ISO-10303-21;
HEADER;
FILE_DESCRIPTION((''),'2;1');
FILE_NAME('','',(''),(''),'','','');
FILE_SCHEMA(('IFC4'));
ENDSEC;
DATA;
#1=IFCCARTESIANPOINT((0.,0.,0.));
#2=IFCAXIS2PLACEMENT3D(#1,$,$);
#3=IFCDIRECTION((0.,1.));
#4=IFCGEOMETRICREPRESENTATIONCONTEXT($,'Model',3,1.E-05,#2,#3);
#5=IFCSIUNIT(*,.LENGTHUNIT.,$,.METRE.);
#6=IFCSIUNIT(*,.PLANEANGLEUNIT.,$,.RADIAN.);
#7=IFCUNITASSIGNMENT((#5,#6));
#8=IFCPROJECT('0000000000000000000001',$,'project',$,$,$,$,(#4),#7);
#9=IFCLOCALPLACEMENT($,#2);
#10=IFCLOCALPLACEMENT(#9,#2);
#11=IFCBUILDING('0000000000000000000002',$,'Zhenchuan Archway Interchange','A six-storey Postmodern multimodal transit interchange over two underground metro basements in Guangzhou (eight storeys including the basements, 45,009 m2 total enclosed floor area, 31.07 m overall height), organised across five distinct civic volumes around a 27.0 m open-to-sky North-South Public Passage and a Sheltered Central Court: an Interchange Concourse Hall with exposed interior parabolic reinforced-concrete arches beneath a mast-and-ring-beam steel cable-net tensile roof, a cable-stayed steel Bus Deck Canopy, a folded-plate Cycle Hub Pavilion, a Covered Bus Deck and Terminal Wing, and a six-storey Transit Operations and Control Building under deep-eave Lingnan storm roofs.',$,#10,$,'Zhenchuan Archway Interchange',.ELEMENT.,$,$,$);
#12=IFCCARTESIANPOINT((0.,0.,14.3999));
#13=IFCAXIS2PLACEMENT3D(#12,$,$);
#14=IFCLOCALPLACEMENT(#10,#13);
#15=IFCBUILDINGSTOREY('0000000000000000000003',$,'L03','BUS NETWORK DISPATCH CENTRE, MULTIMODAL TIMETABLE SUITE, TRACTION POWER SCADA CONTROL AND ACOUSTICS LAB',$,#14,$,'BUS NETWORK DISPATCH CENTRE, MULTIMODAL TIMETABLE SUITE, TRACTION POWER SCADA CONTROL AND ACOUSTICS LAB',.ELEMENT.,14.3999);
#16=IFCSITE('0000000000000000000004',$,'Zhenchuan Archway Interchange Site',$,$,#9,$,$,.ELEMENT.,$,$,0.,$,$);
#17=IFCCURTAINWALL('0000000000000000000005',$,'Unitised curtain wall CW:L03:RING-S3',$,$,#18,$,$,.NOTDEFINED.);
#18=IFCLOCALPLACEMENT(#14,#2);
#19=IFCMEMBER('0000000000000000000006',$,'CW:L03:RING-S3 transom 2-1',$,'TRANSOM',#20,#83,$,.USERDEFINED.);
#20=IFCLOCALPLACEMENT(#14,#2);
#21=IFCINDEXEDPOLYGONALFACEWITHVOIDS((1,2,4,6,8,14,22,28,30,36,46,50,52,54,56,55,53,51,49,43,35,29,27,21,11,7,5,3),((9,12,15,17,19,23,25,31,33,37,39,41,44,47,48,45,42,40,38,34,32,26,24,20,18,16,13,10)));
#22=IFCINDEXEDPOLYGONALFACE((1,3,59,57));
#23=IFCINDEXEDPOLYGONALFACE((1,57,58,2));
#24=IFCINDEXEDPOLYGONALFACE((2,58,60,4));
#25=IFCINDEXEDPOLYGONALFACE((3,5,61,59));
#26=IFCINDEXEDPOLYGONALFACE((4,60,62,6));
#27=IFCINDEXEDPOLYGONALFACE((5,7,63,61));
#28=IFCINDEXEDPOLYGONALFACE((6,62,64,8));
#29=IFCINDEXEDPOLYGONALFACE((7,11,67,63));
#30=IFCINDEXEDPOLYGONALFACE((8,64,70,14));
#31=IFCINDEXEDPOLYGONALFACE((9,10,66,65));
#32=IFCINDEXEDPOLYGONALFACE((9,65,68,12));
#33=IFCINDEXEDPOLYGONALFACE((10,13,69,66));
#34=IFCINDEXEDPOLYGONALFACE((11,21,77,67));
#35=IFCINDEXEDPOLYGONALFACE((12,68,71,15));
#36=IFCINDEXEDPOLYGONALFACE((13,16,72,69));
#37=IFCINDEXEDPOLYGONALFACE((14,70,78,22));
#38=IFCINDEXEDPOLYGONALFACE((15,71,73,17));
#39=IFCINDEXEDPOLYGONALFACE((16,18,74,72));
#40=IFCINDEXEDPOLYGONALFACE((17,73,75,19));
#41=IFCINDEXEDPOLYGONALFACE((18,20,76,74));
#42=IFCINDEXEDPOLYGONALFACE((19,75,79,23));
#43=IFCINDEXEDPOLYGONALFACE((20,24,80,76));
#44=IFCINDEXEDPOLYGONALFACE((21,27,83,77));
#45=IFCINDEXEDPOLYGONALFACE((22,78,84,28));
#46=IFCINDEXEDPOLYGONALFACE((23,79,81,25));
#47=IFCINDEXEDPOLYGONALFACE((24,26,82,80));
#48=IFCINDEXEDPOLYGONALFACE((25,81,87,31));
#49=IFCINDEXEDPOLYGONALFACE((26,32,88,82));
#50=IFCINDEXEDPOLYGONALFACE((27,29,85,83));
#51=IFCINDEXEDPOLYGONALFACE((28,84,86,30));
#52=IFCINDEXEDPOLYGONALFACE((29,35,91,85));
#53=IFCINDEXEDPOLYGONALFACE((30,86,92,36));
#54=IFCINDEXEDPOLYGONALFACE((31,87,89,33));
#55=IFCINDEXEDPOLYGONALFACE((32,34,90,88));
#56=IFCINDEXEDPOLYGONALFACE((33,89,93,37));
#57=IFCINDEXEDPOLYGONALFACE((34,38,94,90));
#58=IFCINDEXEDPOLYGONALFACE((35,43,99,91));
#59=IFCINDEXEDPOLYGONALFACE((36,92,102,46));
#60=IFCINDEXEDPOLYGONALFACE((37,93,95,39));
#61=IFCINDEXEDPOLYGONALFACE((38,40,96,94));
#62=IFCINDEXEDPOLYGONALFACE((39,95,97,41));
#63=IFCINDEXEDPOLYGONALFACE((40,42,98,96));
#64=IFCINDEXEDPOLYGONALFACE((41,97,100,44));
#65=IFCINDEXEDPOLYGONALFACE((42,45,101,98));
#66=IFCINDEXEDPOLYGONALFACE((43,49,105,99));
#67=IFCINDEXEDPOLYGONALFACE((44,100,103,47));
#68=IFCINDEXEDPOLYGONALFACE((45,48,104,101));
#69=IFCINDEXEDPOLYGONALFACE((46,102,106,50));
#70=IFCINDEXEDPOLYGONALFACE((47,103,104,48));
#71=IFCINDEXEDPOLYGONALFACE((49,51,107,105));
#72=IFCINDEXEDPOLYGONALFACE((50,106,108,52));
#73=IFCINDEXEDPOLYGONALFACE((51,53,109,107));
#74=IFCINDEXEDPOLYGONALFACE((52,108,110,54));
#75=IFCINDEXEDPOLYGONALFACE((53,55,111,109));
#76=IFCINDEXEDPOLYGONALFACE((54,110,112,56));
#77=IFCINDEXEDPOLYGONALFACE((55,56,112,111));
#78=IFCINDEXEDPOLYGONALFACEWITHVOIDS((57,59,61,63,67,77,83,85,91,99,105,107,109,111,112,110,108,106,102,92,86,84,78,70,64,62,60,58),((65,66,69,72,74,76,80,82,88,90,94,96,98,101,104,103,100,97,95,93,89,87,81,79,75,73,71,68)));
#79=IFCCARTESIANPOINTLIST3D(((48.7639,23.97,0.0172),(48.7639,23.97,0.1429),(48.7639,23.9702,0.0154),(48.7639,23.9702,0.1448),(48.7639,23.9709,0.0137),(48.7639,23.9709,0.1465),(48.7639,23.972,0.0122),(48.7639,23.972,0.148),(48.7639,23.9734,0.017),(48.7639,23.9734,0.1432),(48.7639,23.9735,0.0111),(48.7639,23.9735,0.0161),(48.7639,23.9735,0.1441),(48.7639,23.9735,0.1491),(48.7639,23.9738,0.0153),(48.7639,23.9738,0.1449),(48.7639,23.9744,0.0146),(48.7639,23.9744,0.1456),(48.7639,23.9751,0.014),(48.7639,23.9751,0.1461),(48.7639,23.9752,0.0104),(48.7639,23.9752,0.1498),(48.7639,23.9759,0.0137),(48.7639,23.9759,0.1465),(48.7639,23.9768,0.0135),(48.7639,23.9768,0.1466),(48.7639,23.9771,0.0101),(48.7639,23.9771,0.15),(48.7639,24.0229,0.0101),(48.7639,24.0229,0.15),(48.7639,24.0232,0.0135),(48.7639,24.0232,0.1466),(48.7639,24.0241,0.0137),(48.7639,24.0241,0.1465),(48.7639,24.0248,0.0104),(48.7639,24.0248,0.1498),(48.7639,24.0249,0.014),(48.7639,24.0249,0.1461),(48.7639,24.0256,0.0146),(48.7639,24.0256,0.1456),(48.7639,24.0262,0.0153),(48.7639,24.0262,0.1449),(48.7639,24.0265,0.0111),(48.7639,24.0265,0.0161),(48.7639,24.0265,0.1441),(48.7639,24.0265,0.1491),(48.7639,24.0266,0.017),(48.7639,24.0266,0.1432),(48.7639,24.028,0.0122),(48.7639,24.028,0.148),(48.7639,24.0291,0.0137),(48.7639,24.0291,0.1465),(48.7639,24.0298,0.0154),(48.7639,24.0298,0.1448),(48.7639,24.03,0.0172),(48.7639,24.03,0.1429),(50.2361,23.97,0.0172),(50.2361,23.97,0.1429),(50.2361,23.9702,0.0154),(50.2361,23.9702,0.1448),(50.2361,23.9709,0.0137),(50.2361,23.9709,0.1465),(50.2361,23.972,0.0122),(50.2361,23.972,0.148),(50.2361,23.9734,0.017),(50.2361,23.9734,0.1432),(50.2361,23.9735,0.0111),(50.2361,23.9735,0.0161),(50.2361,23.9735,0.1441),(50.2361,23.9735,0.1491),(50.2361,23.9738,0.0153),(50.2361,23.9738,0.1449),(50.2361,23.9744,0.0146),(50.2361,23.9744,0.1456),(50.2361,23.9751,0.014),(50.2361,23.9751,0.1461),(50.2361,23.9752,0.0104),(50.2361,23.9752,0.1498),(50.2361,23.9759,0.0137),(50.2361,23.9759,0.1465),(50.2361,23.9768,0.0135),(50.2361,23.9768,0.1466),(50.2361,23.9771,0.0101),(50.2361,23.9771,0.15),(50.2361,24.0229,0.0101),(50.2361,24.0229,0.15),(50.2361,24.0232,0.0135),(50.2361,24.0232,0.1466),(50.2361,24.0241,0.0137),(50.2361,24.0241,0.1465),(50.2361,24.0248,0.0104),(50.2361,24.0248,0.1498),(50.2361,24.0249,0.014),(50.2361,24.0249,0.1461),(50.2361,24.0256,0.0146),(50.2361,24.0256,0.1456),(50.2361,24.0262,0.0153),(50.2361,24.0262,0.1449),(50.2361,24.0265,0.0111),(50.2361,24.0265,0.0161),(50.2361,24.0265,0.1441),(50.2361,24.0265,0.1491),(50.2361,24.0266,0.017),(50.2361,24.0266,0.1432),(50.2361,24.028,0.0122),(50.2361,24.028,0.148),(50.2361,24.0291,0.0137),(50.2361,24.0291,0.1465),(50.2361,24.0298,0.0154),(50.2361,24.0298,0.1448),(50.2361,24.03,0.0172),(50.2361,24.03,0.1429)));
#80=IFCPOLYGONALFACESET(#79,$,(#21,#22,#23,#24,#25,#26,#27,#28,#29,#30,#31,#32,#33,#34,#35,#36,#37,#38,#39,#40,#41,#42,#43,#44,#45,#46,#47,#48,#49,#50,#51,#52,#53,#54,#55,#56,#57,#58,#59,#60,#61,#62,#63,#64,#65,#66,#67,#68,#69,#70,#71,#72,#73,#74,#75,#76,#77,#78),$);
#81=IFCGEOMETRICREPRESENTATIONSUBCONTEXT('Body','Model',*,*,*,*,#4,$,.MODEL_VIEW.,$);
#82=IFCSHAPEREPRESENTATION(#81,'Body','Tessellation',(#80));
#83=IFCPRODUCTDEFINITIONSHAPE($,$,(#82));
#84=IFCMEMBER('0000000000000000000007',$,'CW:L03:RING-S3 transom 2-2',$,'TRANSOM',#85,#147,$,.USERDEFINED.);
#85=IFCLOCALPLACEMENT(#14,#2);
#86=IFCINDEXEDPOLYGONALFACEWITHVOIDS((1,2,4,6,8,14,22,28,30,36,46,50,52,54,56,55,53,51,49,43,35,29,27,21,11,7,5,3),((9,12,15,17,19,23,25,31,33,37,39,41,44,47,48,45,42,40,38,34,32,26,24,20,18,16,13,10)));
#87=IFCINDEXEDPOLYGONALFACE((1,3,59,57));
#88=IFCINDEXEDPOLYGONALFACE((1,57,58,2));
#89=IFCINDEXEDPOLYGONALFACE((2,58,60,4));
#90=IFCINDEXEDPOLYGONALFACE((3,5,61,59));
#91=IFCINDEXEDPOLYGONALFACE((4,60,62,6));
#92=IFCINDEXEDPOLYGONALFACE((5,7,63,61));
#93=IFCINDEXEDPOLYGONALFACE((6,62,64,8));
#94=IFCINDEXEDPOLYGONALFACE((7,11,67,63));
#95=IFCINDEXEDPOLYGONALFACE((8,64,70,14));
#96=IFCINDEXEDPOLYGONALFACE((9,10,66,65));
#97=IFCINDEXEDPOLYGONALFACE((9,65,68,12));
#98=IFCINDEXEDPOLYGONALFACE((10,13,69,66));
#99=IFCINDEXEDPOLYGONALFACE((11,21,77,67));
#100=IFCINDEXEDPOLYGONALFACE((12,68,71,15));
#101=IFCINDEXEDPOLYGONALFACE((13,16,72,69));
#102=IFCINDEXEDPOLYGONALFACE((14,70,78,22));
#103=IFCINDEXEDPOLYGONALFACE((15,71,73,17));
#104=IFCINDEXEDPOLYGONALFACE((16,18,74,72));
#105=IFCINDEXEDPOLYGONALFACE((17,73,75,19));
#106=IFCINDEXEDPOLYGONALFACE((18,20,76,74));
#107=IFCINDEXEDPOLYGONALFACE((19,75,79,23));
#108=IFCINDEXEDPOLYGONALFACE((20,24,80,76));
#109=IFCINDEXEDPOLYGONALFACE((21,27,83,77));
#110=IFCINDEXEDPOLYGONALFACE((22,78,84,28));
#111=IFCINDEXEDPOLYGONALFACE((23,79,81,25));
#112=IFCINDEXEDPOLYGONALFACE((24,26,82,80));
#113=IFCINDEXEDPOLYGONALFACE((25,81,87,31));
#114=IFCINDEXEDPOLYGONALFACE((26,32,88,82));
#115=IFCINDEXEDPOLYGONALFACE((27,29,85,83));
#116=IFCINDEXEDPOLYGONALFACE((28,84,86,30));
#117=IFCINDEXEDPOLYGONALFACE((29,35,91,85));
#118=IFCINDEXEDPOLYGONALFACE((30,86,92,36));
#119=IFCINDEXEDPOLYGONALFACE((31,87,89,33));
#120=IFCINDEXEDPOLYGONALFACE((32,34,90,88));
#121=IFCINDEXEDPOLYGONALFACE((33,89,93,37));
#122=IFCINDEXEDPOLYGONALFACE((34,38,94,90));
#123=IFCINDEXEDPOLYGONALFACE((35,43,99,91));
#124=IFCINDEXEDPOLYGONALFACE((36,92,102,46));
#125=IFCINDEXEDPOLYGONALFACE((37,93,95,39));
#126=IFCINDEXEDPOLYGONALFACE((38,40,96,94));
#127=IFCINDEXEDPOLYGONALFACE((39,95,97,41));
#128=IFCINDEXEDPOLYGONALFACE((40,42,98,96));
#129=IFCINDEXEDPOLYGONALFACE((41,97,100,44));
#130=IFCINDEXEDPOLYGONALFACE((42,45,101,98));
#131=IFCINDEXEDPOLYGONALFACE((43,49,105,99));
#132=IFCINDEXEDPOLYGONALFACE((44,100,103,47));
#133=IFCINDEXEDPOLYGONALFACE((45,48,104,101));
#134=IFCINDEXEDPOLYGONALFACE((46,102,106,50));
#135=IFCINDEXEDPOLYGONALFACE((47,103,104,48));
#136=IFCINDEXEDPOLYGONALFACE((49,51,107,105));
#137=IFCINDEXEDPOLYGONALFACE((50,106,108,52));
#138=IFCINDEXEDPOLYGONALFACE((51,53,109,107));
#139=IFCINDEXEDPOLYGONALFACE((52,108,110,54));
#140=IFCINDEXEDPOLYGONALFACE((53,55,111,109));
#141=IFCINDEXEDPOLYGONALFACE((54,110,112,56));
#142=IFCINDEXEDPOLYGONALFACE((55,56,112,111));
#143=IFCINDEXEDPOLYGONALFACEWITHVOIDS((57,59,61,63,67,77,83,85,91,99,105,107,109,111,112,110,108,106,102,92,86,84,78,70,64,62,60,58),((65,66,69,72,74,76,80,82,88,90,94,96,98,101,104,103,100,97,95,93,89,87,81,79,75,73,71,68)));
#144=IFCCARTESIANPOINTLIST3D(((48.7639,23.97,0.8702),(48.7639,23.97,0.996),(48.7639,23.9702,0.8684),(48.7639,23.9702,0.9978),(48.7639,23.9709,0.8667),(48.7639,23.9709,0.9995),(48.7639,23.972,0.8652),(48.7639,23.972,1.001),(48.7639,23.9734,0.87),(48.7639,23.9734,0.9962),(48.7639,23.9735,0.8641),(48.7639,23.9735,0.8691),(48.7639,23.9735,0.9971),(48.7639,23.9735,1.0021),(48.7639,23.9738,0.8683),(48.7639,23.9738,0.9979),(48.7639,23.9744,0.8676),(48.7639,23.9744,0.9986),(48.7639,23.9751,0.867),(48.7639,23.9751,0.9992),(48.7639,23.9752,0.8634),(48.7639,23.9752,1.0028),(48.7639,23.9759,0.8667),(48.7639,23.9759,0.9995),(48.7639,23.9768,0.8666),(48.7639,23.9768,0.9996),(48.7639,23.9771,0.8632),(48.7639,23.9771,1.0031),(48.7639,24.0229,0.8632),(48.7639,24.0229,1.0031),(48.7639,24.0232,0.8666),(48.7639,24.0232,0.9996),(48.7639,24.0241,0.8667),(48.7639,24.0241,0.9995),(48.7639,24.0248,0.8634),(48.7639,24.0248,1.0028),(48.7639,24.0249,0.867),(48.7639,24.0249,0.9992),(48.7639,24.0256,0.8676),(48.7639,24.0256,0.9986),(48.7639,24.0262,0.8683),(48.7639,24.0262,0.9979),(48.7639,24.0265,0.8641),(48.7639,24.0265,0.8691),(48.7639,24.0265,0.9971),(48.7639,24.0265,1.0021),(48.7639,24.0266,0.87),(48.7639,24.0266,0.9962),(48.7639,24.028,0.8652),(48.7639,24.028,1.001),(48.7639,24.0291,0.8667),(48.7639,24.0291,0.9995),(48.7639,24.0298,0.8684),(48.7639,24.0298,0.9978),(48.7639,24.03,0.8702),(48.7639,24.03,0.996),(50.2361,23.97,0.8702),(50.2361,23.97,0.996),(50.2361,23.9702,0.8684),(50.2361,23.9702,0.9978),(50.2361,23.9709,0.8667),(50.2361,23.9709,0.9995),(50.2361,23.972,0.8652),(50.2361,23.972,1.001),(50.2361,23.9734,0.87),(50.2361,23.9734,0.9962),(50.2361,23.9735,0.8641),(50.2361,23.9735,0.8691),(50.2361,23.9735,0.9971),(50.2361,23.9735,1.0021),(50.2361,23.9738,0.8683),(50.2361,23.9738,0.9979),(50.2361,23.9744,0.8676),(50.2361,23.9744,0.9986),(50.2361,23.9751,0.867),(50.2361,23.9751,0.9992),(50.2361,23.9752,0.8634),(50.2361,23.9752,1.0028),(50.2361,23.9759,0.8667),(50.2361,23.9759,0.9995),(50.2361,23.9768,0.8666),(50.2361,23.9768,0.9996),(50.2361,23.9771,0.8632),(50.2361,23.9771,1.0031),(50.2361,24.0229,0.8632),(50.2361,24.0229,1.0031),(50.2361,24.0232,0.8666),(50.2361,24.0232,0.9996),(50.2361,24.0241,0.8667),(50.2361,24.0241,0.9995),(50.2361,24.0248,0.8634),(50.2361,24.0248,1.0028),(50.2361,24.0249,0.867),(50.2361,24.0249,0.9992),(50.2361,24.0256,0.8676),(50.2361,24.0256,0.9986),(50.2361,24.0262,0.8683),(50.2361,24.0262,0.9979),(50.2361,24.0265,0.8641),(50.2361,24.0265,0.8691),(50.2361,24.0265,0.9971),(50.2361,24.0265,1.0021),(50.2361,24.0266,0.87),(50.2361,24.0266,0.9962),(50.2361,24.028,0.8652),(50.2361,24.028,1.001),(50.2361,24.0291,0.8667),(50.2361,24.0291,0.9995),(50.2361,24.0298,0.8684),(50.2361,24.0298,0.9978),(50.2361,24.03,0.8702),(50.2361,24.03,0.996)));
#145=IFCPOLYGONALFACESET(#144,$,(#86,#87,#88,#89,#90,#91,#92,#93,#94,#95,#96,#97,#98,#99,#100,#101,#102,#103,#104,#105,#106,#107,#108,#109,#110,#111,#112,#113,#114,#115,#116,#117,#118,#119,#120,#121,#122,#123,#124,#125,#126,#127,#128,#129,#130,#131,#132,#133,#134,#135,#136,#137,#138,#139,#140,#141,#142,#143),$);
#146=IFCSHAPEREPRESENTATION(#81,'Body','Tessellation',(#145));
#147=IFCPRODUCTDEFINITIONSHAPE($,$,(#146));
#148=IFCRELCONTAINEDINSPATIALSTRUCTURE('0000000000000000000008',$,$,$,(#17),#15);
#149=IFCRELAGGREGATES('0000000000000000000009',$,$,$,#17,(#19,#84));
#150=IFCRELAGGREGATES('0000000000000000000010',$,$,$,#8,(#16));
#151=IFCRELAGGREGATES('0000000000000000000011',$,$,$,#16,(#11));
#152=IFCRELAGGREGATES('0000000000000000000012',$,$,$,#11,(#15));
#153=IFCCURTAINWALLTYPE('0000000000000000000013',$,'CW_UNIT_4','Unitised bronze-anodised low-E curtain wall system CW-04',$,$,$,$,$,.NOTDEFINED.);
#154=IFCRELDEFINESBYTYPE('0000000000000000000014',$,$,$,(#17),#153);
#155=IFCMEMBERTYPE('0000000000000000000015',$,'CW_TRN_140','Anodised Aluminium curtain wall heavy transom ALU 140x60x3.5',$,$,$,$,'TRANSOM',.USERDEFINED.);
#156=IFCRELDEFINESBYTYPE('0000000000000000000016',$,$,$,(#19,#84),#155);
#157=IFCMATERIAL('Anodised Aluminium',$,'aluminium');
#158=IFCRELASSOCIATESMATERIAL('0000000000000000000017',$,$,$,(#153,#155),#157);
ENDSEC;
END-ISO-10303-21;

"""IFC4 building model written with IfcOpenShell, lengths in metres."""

from ifc_helpers import new_model, si_unit, direction, frame, origin, origin_2d, place, context, subcontext, project, spatial, hollow_rectangle, extrude, material, material_profile, profile_set, type_object, element, aggregate, save


model = new_model("IFC4")

# Units and contexts
model_context = context("Model", 3, precision=1e-05, world=origin(), true_north=direction((0.0, 1.0)))
body_context = subcontext(model_context, "Body", "Model", "MODEL_VIEW")
ifc_project = project(units=[si_unit("LENGTHUNIT", "METRE"), si_unit("PLANEANGLEUNIT", "RADIAN")], contexts=[model_context])

# Site, building, storey
site_placement = place(None, origin())
site = spatial("IfcSite", under=ifc_project, at=site_placement, Name="Zhenchuan Archway Interchange Site", CompositionType="ELEMENT", RefElevation=0.0)
building_placement = place(site_placement, origin())
building = spatial("IfcBuilding", under=site, at=building_placement, Name="Zhenchuan Archway Interchange", Description="A six-storey Postmodern multimodal transit interchange over two underground metro basements in Guangzhou (eight storeys including the basements, 45,009 m2 total enclosed floor area, 31.07 m overall height), organised across five distinct civic volumes around a 27.0 m open-to-sky North-South Public Passage and a Sheltered Central Court: an Interchange Concourse Hall with exposed interior parabolic reinforced-concrete arches beneath a mast-and-ring-beam steel cable-net tensile roof, a cable-stayed steel Bus Deck Canopy, a folded-plate Cycle Hub Pavilion, a Covered Bus Deck and Terminal Wing, and a six-storey Transit Operations and Control Building under deep-eave Lingnan storm roofs.", LongName="Zhenchuan Archway Interchange", CompositionType="ELEMENT")
storey_placement = place(building_placement, frame((0.0, 0.0, 14.3999)))
storey = spatial("IfcBuildingStorey", under=building, at=storey_placement, Name="L03", Description="BUS NETWORK DISPATCH CENTRE, MULTIMODAL TIMETABLE SUITE, TRACTION POWER SCADA CONTROL AND ACOUSTICS LAB", LongName="BUS NETWORK DISPATCH CENTRE, MULTIMODAL TIMETABLE SUITE, TRACTION POWER SCADA CONTROL AND ACOUSTICS LAB", CompositionType="ELEMENT", Elevation=14.3999)

# Curtain wall
ifc_material_1 = material(Name="Anodised Aluminium", Category="aluminium")
curtain_wall_type = type_object("IfcCurtainWallType", Name="CW_UNIT_4", Description="Unitised bronze-anodised low-E curtain wall system CW-04", PredefinedType="NOTDEFINED", material=ifc_material_1)
curtain_wall_1_placement = place(storey_placement, origin())
curtain_wall_1 = element("IfcCurtainWall", 1, at=curtain_wall_1_placement, inside=storey, type_object=curtain_wall_type, Name="Unitised curtain wall CW:L03:RING-S3", PredefinedType="NOTDEFINED")

# Members
ifc_material_profile_1 = material_profile(ifc_material_1, hollow_rectangle(XDim=0.0601, YDim=0.1399, WallThickness=0.0034, InnerFilletRadius=0.0034, OuterFilletRadius=0.0071, at=origin_2d()), Name="ALU 140x60x3.5")
ifc_profile_set_1 = profile_set([ifc_material_profile_1], Name="Anodised Aluminium")
member_type_1 = type_object("IfcMemberType", Name="CW_TRN_140", Description="Anodised Aluminium curtain wall heavy transom ALU 140x60x3.5", ElementType="TRANSOM", PredefinedType="USERDEFINED", material=ifc_profile_set_1)
member_1_placement = place(storey_placement, frame((48.7639, 24.0, 0.0801), z_axis=(1.0, 0.0, 0.0), x_axis=(0.0, 1.0, 0.0)))
member_1 = element("IfcMember", 2, at=member_1_placement, type_object=member_type_1, Name="CW:L03:RING-S3 transom 2-1", ObjectType="TRANSOM", PredefinedType="USERDEFINED", context=body_context, shape_type="SweptSolid", body=[
    extrude(hollow_rectangle(XDim=0.0601, YDim=0.1399, WallThickness=0.0034, InnerFilletRadius=0.0034, OuterFilletRadius=0.0071, at=origin_2d()), origin(), (0.0, 0.0, 1.0), 1.4722),
])
member_2_placement = place(storey_placement, frame((48.7639, 24.0, 0.9331), z_axis=(1.0, 0.0, 0.0), x_axis=(0.0, 1.0, 0.0)))
member_2 = element("IfcMember", 3, at=member_2_placement, type_object=member_type_1, Name="CW:L03:RING-S3 transom 2-2", ObjectType="TRANSOM", PredefinedType="USERDEFINED", context=body_context, shape_type="SweptSolid", body=[
    extrude(hollow_rectangle(XDim=0.0601, YDim=0.1399, WallThickness=0.0034, InnerFilletRadius=0.0034, OuterFilletRadius=0.0071, at=origin_2d()), origin(), (0.0, 0.0, 1.0), 1.4722),
])

aggregate(curtain_wall_1, [member_1, member_2])

save(model, "model.ifc")
